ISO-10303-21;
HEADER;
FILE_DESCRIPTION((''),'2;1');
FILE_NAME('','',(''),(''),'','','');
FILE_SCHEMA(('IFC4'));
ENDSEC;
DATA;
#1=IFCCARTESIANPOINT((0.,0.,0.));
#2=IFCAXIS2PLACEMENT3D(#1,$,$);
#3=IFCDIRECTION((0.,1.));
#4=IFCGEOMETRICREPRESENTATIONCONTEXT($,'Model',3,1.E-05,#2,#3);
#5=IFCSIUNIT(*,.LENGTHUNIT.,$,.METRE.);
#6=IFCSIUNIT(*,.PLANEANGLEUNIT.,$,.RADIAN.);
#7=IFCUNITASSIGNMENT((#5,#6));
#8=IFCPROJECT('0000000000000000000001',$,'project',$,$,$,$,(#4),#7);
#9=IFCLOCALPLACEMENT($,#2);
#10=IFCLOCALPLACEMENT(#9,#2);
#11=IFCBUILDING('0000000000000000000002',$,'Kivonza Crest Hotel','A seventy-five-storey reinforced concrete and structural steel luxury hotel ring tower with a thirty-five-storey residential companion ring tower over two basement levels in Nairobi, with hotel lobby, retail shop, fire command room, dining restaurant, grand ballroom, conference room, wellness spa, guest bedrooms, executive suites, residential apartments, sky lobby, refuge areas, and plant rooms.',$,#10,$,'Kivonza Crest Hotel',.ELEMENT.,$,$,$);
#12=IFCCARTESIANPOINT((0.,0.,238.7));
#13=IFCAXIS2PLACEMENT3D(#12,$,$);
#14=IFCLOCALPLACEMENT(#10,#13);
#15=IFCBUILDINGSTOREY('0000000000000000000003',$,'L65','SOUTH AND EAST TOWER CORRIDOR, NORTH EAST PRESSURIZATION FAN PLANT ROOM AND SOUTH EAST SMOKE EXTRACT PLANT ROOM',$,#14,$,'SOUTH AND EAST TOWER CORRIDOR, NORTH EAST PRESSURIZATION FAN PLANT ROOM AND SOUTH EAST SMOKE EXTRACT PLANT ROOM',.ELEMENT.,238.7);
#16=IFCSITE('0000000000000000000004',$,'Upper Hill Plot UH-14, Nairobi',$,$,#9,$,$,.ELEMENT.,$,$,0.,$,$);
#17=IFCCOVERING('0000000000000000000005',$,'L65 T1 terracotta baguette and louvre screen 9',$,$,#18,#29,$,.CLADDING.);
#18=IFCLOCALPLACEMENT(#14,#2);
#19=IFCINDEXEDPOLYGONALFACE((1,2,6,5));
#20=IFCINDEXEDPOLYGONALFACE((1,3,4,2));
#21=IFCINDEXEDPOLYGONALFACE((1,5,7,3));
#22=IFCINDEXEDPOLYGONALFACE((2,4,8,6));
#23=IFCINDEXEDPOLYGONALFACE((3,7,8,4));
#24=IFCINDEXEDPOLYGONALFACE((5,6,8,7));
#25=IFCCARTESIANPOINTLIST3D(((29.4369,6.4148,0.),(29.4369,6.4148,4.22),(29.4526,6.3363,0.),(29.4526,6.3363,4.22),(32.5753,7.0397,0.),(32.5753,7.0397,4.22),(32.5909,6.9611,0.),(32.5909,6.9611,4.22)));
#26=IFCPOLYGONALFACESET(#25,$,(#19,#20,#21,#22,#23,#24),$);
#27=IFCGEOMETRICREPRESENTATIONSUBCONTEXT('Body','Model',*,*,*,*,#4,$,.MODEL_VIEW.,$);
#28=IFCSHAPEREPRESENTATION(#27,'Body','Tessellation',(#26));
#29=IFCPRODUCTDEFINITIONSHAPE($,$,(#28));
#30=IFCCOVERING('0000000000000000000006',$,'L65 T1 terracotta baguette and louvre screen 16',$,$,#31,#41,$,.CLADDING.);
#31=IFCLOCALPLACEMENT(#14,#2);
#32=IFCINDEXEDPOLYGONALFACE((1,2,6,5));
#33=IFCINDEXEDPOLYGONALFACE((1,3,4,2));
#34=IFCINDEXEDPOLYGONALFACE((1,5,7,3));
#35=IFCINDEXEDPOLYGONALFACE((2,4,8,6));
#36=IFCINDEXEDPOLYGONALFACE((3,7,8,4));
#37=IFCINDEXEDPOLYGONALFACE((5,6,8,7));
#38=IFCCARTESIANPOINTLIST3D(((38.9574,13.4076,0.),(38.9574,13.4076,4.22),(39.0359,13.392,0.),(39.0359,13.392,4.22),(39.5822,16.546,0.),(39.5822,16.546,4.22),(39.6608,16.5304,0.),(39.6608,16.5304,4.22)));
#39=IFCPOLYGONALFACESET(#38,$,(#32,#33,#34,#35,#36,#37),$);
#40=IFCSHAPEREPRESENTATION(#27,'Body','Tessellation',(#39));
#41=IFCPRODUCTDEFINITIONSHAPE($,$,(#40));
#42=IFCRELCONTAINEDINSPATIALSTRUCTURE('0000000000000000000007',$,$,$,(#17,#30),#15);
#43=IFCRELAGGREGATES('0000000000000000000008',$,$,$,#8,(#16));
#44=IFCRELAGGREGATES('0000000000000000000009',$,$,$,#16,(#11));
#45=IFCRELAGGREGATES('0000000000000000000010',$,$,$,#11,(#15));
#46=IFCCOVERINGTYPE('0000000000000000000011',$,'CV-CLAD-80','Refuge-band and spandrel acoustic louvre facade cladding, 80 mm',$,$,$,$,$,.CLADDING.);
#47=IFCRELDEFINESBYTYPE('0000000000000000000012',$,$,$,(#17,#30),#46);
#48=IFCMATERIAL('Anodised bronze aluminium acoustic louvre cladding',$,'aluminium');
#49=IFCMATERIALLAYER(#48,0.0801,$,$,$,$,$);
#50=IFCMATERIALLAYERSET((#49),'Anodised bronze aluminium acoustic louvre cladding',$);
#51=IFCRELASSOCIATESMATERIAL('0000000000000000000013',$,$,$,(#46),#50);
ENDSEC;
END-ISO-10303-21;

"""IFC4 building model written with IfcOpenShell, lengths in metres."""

from ifc_helpers import new_model, si_unit, direction, frame, origin, origin_2d, place, context, subcontext, project, spatial, rectangle, extrude, material, layer, layer_set, type_object, element, save


model = new_model("IFC4")

# Units and contexts
model_context = context("Model", 3, precision=1e-05, world=origin(), true_north=direction((0.0, 1.0)))
body_context = subcontext(model_context, "Body", "Model", "MODEL_VIEW")
ifc_project = project(units=[si_unit("LENGTHUNIT", "METRE"), si_unit("PLANEANGLEUNIT", "RADIAN")], contexts=[model_context])

# Site, building, storey
site_placement = place(None, origin())
site = spatial("IfcSite", under=ifc_project, at=site_placement, Name="Upper Hill Plot UH-14, Nairobi", CompositionType="ELEMENT", RefElevation=0.0)
building_placement = place(site_placement, origin())
building = spatial("IfcBuilding", under=site, at=building_placement, Name="Kivonza Crest Hotel", Description="A seventy-five-storey reinforced concrete and structural steel luxury hotel ring tower with a thirty-five-storey residential companion ring tower over two basement levels in Nairobi, with hotel lobby, retail shop, fire command room, dining restaurant, grand ballroom, conference room, wellness spa, guest bedrooms, executive suites, residential apartments, sky lobby, refuge areas, and plant rooms.", LongName="Kivonza Crest Hotel", CompositionType="ELEMENT")
storey_placement = place(building_placement, frame((0.0, 0.0, 238.7)))
storey = spatial("IfcBuildingStorey", under=building, at=storey_placement, Name="L65", Description="SOUTH AND EAST TOWER CORRIDOR, NORTH EAST PRESSURIZATION FAN PLANT ROOM AND SOUTH EAST SMOKE EXTRACT PLANT ROOM", LongName="SOUTH AND EAST TOWER CORRIDOR, NORTH EAST PRESSURIZATION FAN PLANT ROOM AND SOUTH EAST SMOKE EXTRACT PLANT ROOM", CompositionType="ELEMENT", Elevation=238.7)

# Coverings
ifc_material_1 = material(Name="Anodised bronze aluminium acoustic louvre cladding", Category="aluminium")
ifc_layer_1 = layer(ifc_material_1, 0.0801)
ifc_layer_set_1 = layer_set([ifc_layer_1], Name="Anodised bronze aluminium acoustic louvre cladding")
covering_type = type_object("IfcCoveringType", Name="CV-CLAD-80", Description="Refuge-band and spandrel acoustic louvre facade cladding, 80 mm", PredefinedType="CLADDING", material=ifc_layer_set_1)
for number, where, z_axis, x_axis, name in (
    (1, (31.0139, 6.688, 0.0), (0.0, 0.0, 1.0), (0.980751, 0.195261, 0.0), "L65 T1 terracotta baguette and louvre screen 9"),
    (2, (39.3091, 14.969, 0.0), (0.0, 0.0, 1.0), (0.195261, 0.980751, 0.0), "L65 T1 terracotta baguette and louvre screen 16"),
):
    element("IfcCovering", number, at=place(storey_placement, frame(where, z_axis=z_axis, x_axis=x_axis)), inside=storey, type_object=covering_type, Name=name, PredefinedType="CLADDING", context=body_context, shape_type="SweptSolid", body=[
        extrude(rectangle(XDim=3.2, YDim=0.0801, at=origin_2d()), origin(), (0.0, 0.0, 1.0), 4.22),
    ])

save(model, "model.ifc")
